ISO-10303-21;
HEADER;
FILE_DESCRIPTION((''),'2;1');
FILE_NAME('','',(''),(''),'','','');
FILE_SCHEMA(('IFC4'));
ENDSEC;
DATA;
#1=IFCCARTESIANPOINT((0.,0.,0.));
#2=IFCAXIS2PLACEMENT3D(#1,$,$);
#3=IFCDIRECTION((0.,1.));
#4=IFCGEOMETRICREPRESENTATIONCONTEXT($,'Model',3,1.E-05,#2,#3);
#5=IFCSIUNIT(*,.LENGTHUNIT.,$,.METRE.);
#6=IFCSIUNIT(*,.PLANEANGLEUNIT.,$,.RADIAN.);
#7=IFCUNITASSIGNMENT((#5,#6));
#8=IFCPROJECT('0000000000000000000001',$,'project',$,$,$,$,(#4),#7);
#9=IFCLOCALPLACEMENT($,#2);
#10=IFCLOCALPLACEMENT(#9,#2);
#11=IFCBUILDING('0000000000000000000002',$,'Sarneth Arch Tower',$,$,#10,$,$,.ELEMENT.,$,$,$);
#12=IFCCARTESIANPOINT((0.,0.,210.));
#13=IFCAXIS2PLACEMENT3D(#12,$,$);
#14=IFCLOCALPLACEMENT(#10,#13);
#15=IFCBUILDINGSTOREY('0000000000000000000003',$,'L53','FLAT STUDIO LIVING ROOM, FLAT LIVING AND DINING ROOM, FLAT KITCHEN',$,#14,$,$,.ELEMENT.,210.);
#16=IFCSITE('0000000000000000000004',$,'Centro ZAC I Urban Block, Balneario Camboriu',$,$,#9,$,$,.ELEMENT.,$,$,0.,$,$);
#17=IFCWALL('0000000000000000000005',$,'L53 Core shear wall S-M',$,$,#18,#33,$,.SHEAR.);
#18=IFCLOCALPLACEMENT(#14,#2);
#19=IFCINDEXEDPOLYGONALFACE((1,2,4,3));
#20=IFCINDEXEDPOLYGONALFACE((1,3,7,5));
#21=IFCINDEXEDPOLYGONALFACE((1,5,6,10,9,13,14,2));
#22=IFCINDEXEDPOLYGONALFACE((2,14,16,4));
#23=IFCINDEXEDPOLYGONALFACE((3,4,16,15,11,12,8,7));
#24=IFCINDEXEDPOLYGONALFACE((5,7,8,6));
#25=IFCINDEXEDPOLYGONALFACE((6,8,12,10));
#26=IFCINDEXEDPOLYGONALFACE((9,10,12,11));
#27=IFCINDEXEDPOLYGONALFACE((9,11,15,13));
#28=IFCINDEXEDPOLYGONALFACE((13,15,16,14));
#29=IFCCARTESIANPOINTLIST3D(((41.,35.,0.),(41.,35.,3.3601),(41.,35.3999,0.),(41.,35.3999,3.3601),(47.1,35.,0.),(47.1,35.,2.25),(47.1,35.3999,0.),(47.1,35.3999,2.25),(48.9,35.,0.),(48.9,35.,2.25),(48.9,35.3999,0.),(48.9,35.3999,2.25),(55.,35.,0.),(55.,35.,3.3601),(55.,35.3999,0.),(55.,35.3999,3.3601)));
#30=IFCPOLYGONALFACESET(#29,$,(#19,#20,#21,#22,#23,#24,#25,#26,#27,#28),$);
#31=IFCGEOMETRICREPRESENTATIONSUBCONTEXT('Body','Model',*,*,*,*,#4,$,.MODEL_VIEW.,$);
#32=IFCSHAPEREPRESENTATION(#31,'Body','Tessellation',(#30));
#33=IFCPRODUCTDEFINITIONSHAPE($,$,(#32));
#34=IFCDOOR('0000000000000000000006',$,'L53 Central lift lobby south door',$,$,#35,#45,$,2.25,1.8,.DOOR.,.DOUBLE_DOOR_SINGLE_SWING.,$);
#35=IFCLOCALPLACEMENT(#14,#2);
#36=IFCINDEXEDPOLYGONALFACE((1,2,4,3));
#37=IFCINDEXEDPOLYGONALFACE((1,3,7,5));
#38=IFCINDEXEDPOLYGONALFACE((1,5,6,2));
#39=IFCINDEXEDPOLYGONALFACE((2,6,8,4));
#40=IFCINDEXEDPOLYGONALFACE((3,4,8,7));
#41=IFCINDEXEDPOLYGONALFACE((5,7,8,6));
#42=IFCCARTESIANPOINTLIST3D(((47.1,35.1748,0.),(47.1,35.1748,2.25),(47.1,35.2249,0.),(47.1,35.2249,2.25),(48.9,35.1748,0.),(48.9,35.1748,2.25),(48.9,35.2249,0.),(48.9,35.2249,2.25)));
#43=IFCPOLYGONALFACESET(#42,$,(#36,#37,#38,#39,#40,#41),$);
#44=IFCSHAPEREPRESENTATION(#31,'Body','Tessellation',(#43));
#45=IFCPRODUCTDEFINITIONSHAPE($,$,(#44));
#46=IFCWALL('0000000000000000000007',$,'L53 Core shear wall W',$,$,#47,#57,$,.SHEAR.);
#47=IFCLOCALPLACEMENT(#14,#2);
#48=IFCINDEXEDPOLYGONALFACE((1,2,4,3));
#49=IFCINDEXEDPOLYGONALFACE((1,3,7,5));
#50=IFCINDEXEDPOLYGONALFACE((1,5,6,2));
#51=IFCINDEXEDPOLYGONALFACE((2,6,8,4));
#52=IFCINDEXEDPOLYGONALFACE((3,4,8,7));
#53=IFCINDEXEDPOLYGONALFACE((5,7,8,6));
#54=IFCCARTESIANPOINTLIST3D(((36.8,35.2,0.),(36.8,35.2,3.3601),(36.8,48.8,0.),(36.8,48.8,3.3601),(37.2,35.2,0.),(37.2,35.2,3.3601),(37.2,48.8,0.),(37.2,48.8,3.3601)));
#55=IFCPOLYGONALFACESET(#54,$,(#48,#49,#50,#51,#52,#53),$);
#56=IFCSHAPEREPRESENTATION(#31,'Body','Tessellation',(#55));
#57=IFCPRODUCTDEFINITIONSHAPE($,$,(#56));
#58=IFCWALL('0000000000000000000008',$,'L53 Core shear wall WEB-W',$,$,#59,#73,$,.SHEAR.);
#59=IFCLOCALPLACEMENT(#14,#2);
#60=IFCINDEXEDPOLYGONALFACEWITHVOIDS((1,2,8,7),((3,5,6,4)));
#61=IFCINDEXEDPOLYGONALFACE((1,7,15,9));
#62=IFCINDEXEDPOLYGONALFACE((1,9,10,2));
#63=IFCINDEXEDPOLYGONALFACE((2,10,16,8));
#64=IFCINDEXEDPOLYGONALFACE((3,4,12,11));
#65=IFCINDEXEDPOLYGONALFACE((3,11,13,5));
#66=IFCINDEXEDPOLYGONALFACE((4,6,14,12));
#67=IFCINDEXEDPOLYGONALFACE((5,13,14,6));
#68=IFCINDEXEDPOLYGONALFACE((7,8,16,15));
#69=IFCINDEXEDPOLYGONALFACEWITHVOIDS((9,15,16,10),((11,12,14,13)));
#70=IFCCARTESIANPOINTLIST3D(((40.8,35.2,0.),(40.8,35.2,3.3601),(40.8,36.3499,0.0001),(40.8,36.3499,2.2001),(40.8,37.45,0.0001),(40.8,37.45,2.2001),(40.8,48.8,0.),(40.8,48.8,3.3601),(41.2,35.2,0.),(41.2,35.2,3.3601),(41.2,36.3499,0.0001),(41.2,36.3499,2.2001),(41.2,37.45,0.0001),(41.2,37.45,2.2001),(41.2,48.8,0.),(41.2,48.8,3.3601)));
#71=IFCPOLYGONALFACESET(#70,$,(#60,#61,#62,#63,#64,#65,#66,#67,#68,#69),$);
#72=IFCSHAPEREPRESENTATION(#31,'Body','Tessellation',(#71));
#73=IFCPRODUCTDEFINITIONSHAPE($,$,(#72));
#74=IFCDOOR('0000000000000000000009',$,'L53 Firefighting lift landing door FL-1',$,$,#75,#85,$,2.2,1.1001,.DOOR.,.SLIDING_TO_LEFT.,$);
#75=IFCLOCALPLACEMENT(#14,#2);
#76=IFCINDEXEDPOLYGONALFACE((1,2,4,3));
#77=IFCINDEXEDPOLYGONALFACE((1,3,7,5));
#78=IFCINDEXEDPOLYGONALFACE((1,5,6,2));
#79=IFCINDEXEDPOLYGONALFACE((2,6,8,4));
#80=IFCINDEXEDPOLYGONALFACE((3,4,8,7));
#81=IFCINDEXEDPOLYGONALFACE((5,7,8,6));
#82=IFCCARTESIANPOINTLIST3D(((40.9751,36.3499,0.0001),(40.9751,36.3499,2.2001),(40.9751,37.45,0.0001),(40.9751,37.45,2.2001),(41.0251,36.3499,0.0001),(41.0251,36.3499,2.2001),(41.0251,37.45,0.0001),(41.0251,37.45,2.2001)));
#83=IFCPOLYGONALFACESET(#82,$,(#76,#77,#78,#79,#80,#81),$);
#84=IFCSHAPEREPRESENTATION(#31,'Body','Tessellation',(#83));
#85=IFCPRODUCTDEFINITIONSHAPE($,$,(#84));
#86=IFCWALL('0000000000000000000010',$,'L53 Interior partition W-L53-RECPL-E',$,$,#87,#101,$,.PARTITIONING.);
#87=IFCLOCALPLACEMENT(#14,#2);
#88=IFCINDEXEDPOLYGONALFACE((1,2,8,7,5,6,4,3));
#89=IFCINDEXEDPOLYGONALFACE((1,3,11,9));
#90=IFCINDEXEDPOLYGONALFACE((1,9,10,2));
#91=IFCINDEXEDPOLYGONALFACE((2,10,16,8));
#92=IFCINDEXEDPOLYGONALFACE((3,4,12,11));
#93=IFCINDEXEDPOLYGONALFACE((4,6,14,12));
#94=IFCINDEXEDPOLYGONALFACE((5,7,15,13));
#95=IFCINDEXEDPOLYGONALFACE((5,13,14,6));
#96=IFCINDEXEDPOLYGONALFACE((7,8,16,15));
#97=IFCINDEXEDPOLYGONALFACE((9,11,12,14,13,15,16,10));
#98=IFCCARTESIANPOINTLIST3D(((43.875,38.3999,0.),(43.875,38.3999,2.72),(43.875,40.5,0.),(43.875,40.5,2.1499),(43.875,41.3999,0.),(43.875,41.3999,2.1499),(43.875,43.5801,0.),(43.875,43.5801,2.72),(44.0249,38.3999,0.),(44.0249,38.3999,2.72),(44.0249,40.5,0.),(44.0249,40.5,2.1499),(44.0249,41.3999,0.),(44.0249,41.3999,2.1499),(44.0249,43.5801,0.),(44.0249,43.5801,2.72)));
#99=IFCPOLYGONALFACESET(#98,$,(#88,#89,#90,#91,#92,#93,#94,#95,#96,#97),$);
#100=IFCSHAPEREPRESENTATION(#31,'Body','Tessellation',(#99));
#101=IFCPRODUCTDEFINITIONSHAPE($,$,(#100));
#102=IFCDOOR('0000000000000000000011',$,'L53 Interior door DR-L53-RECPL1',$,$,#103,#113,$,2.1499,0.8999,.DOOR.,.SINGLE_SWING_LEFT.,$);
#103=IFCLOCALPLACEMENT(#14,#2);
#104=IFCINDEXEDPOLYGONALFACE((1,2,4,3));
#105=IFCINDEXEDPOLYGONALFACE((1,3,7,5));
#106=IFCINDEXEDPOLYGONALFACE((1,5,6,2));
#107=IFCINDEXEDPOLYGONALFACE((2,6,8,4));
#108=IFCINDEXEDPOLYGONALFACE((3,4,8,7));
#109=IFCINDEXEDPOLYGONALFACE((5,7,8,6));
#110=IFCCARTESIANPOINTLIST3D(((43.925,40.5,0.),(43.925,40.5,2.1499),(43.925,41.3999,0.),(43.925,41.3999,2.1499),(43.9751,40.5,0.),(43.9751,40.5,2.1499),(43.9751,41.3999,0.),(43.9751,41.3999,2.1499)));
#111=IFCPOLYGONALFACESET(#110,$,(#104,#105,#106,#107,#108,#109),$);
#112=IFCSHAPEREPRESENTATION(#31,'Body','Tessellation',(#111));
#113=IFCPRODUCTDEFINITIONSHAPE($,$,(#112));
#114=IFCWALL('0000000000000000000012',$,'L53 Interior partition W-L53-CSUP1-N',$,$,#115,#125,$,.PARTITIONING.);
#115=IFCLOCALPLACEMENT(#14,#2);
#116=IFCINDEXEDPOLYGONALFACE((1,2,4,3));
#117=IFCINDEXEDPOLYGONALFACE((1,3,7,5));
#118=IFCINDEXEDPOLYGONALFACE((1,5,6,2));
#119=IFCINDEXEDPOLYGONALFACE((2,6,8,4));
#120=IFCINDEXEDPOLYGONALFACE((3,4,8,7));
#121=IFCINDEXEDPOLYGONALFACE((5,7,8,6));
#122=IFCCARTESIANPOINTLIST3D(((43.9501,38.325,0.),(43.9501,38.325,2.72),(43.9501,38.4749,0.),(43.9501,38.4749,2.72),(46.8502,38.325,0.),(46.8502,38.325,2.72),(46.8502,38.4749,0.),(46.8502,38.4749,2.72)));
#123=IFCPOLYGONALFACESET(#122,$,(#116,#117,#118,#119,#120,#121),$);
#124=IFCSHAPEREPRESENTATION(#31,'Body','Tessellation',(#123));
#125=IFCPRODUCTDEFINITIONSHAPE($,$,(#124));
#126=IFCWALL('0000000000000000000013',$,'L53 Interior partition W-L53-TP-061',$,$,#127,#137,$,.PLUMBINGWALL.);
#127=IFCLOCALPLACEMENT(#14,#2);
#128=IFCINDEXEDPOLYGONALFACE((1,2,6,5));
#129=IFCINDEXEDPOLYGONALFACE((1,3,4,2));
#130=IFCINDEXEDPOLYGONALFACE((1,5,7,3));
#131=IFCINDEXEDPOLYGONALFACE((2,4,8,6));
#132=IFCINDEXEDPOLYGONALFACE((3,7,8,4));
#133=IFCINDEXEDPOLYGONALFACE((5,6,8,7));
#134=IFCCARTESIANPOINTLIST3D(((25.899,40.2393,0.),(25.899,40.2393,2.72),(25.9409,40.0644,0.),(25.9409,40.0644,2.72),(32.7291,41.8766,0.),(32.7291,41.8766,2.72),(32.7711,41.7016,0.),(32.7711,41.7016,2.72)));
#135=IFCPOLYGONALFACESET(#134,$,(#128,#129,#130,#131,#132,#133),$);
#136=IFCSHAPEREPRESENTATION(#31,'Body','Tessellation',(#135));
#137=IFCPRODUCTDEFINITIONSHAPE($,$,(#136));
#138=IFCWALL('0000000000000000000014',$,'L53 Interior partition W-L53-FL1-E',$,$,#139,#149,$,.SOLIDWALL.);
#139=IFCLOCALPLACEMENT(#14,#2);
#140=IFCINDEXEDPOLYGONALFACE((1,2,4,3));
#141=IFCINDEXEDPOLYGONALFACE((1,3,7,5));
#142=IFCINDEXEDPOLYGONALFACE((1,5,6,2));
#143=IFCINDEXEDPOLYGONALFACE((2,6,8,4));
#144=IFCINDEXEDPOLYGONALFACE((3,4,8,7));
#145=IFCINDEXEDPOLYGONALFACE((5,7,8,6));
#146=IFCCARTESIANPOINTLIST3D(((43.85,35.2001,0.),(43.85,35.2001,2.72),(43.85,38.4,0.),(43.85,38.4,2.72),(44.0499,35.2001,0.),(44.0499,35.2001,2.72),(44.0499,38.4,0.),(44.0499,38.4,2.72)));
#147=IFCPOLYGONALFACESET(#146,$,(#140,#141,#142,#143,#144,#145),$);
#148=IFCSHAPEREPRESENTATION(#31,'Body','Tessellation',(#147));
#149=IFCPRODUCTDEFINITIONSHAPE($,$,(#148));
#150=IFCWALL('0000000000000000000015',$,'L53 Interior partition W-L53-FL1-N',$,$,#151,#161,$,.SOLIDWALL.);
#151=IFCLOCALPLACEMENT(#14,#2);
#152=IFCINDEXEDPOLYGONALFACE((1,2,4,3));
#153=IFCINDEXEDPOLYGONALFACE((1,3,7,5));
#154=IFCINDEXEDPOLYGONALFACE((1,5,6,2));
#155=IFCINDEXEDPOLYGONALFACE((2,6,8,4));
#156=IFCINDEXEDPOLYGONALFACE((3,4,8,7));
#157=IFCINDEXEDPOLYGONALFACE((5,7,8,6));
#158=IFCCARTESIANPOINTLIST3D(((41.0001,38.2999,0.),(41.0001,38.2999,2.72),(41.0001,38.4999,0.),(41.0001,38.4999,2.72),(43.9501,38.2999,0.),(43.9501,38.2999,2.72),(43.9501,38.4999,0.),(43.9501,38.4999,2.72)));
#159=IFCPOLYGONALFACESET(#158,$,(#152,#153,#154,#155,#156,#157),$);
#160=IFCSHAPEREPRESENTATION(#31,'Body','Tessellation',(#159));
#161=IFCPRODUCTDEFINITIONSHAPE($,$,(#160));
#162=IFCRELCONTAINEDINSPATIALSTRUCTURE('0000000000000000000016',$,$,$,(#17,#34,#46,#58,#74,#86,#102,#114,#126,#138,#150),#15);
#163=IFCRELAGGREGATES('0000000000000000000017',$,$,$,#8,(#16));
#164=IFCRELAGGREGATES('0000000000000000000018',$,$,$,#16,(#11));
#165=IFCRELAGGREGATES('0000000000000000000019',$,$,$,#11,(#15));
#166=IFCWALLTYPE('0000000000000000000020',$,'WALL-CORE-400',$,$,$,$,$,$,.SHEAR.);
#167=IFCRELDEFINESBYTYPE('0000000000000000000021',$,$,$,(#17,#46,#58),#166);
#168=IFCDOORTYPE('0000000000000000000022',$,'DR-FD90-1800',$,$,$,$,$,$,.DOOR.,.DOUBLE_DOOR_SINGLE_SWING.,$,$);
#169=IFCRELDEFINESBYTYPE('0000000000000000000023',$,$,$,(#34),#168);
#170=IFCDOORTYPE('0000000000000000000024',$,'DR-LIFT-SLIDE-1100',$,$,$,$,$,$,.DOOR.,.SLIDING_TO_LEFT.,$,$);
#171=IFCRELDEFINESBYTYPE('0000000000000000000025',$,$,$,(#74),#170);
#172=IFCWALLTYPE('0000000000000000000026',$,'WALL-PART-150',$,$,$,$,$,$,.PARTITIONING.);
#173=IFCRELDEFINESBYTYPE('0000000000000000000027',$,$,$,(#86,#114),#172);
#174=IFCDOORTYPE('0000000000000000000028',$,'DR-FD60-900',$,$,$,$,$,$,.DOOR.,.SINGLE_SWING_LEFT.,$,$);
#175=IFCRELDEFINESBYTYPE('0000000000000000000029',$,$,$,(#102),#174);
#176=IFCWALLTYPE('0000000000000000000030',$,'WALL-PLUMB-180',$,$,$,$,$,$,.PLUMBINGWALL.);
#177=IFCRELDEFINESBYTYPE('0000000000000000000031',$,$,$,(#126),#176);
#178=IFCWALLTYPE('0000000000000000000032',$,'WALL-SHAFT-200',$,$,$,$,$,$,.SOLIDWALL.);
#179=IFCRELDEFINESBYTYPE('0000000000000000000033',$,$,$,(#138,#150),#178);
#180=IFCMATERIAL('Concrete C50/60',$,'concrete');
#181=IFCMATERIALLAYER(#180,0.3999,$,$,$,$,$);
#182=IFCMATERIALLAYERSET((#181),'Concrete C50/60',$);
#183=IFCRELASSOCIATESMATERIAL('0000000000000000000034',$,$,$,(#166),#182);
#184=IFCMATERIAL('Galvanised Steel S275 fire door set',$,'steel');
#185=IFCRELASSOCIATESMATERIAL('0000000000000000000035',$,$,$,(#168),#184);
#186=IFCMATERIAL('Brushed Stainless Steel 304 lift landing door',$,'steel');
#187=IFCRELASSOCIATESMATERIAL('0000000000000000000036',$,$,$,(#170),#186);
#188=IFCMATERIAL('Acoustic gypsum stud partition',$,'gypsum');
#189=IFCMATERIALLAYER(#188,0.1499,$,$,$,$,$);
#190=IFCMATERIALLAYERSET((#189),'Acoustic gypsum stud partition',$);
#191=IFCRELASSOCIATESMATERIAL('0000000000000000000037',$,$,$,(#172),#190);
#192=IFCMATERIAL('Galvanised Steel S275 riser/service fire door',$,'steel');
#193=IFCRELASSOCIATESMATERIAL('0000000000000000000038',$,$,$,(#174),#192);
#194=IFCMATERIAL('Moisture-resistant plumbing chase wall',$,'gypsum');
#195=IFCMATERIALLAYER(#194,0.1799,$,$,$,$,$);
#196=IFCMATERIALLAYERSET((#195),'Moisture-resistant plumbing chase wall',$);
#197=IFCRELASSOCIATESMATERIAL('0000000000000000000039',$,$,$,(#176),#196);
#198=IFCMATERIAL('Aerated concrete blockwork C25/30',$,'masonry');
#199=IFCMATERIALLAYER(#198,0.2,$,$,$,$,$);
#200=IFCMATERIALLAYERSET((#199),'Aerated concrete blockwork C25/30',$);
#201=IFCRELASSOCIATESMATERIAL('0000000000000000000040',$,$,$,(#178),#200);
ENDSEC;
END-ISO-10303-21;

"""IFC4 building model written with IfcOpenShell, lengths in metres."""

from ifc_helpers import new_model, si_unit, direction, frame, frame_2d, origin, place, context, subcontext, project, spatial, rectangle, extrude, material, layer, layer_set, type_object, element, fill, save


model = new_model("IFC4")

# Units and contexts
model_context = context("Model", 3, precision=1e-05, world=origin(), true_north=direction((0.0, 1.0)))
body_context = subcontext(model_context, "Body", "Model", "MODEL_VIEW")
ifc_project = project(units=[si_unit("LENGTHUNIT", "METRE"), si_unit("PLANEANGLEUNIT", "RADIAN")], contexts=[model_context])

# Site, building, storey
site_placement = place(None, origin())
site = spatial("IfcSite", under=ifc_project, at=site_placement, Name="Centro ZAC I Urban Block, Balneario Camboriu", CompositionType="ELEMENT", RefElevation=0.0)
building_placement = place(site_placement, origin())
building = spatial("IfcBuilding", under=site, at=building_placement, Name="Sarneth Arch Tower", CompositionType="ELEMENT")
storey_placement = place(building_placement, frame((0.0, 0.0, 210.0)))
storey = spatial("IfcBuildingStorey", under=building, at=storey_placement, Name="L53", Description="FLAT STUDIO LIVING ROOM, FLAT LIVING AND DINING ROOM, FLAT KITCHEN", CompositionType="ELEMENT", Elevation=210.0)

# Wall, opening, door
ifc_material_1 = material(Name="Concrete C50/60", Category="concrete")
ifc_layer_1 = layer(ifc_material_1, 0.3999)
ifc_layer_set_1 = layer_set([ifc_layer_1], Name="Concrete C50/60")
wall_type_1 = type_object("IfcWallType", Name="WALL-CORE-400", PredefinedType="SHEAR", material=ifc_layer_set_1)
wall_1_placement = place(storey_placement, frame((41.0, 35.2, 0.0), z_axis=(0.0, 0.0, 1.0), x_axis=(1.0, 0.0, 0.0)))
wall_1 = element("IfcWall", 1, at=wall_1_placement, inside=storey, type_object=wall_type_1, Name="L53 Core shear wall S-M", PredefinedType="SHEAR", context=body_context, shape_type="SweptSolid", body=[
    extrude(rectangle(XDim=14.0, YDim=0.3999, at=frame_2d((7.0, 0.0))), origin(), (0.0, 0.0, 1.0), 3.3601),
])
opening_1_placement = place(wall_1_placement, frame((6.1001, 0.0, 0.0)))
opening_1 = element("IfcOpeningElement", 2, at=opening_1_placement, cuts=wall_1, PredefinedType="OPENING", context=body_context, shape_type="SweptSolid", body=[
    extrude(rectangle(XDim=1.8, YDim=2.25, at=frame_2d((0.8999, 1.125))), frame((0.0, 0.21, 0.0), z_axis=(0.0, -1.0, 0.0), x_axis=(1.0, 0.0, 0.0)), (0.0, 0.0, 1.0), 0.4199),
])
ifc_material_2 = material(Name="Galvanised Steel S275 fire door set", Category="steel")
door_type_1 = type_object("IfcDoorType", Name="DR-FD90-1800", OperationType="DOUBLE_DOOR_SINGLE_SWING", PredefinedType="DOOR", material=ifc_material_2)
door_1_placement = place(opening_1_placement, origin())
door_1 = element("IfcDoor", 3, at=door_1_placement, inside=storey, type_object=door_type_1, Name="L53 Central lift lobby south door", OperationType="DOUBLE_DOOR_SINGLE_SWING", OverallHeight=2.25, OverallWidth=1.8, PredefinedType="DOOR", context=body_context, shape_type="SweptSolid", body=[
    extrude(rectangle(XDim=1.8, YDim=2.25, at=frame_2d((0.8999, 1.125))), frame((0.0, 0.0249, 0.0), z_axis=(0.0, -1.0, 0.0), x_axis=(1.0, 0.0, 0.0)), (0.0, 0.0, 1.0), 0.05),
])
fill(opening_1, door_1)

# Wall
wall_2_placement = place(storey_placement, frame((37.0, 35.2, 0.0), z_axis=(0.0, 0.0, 1.0), x_axis=(0.0, 1.0, 0.0)))
element("IfcWall", 4, at=wall_2_placement, inside=storey, type_object=wall_type_1, Name="L53 Core shear wall W", PredefinedType="SHEAR", context=body_context, shape_type="SweptSolid", body=[
    extrude(rectangle(XDim=13.6001, YDim=0.3999, at=frame_2d((6.8, 0.0))), origin(), (0.0, 0.0, 1.0), 3.3601),
])

# Walls, openings, doors
wall_3_placement = place(storey_placement, frame((41.0, 35.2, 0.0), z_axis=(0.0, 0.0, 1.0), x_axis=(0.0, 1.0, 0.0)))
wall_3 = element("IfcWall", 5, at=wall_3_placement, inside=storey, type_object=wall_type_1, Name="L53 Core shear wall WEB-W", PredefinedType="SHEAR", context=body_context, shape_type="SweptSolid", body=[
    extrude(rectangle(XDim=13.6001, YDim=0.3999, at=frame_2d((6.8, 0.0))), origin(), (0.0, 0.0, 1.0), 3.3601),
])
opening_2_placement = place(wall_3_placement, frame((1.1499, 0.0, 0.0)))
opening_2 = element("IfcOpeningElement", 6, at=opening_2_placement, cuts=wall_3, PredefinedType="OPENING", context=body_context, shape_type="SweptSolid", body=[
    extrude(rectangle(XDim=1.1001, YDim=2.2, at=frame_2d((0.55, 1.1001))), frame((0.0, 0.21, 0.0), z_axis=(0.0, -1.0, 0.0), x_axis=(1.0, 0.0, 0.0)), (0.0, 0.0, 1.0), 0.4199),
])
ifc_material_3 = material(Name="Brushed Stainless Steel 304 lift landing door", Category="steel")
door_type_2 = type_object("IfcDoorType", Name="DR-LIFT-SLIDE-1100", OperationType="SLIDING_TO_LEFT", PredefinedType="DOOR", material=ifc_material_3)
door_2_placement = place(opening_2_placement, origin())
door_2 = element("IfcDoor", 7, at=door_2_placement, inside=storey, type_object=door_type_2, Name="L53 Firefighting lift landing door FL-1", OperationType="SLIDING_TO_LEFT", OverallHeight=2.2, OverallWidth=1.1001, PredefinedType="DOOR", context=body_context, shape_type="SweptSolid", body=[
    extrude(rectangle(XDim=1.1001, YDim=2.2, at=frame_2d((0.55, 1.1001))), frame((0.0, 0.0249, 0.0), z_axis=(0.0, -1.0, 0.0), x_axis=(1.0, 0.0, 0.0)), (0.0, 0.0, 1.0), 0.05),
])
fill(opening_2, door_2)
ifc_material_4 = material(Name="Acoustic gypsum stud partition", Category="gypsum")
ifc_layer_2 = layer(ifc_material_4, 0.1499)
ifc_layer_set_2 = layer_set([ifc_layer_2], Name="Acoustic gypsum stud partition")
wall_type_2 = type_object("IfcWallType", Name="WALL-PART-150", PredefinedType="PARTITIONING", material=ifc_layer_set_2)
wall_4_placement = place(storey_placement, frame((43.95, 38.3999, 0.0), z_axis=(0.0, 0.0, 1.0), x_axis=(0.0, 1.0, 0.0)))
wall_4 = element("IfcWall", 8, at=wall_4_placement, inside=storey, type_object=wall_type_2, Name="L53 Interior partition W-L53-RECPL-E", PredefinedType="PARTITIONING", context=body_context, shape_type="SweptSolid", body=[
    extrude(rectangle(XDim=5.1802, YDim=0.1499, at=frame_2d((2.5901, 0.0))), origin(), (0.0, 0.0, 1.0), 2.72),
])
opening_3_placement = place(wall_4_placement, frame((2.1001, 0.0, 0.0)))
opening_3 = element("IfcOpeningElement", 9, at=opening_3_placement, cuts=wall_4, PredefinedType="OPENING", context=body_context, shape_type="SweptSolid", body=[
    extrude(rectangle(XDim=0.8999, YDim=2.1499, at=frame_2d((0.45, 1.075))), frame((0.0, 0.085, 0.0), z_axis=(0.0, -1.0, 0.0), x_axis=(1.0, 0.0, 0.0)), (0.0, 0.0, 1.0), 0.1699),
])
ifc_material_5 = material(Name="Galvanised Steel S275 riser/service fire door", Category="steel")
door_type_3 = type_object("IfcDoorType", Name="DR-FD60-900", OperationType="SINGLE_SWING_LEFT", PredefinedType="DOOR", material=ifc_material_5)
door_3_placement = place(opening_3_placement, origin())
door_3 = element("IfcDoor", 10, at=door_3_placement, inside=storey, type_object=door_type_3, Name="L53 Interior door DR-L53-RECPL1", OperationType="SINGLE_SWING_LEFT", OverallHeight=2.1499, OverallWidth=0.8999, PredefinedType="DOOR", context=body_context, shape_type="SweptSolid", body=[
    extrude(rectangle(XDim=0.8999, YDim=2.1499, at=frame_2d((0.45, 1.075))), frame((0.0, 0.0249, 0.0), z_axis=(0.0, -1.0, 0.0), x_axis=(1.0, 0.0, 0.0)), (0.0, 0.0, 1.0), 0.05),
])
fill(opening_3, door_3)

# Wall
wall_5_placement = place(storey_placement, frame((43.95, 38.3999, 0.0), z_axis=(0.0, 0.0, 1.0), x_axis=(1.0, 0.0, 0.0)))
element("IfcWall", 11, at=wall_5_placement, inside=storey, type_object=wall_type_2, Name="L53 Interior partition W-L53-CSUP1-N", PredefinedType="PARTITIONING", context=body_context, shape_type="SweptSolid", body=[
    extrude(rectangle(XDim=2.9001, YDim=0.1499, at=frame_2d((1.4502, 0.0))), origin(), (0.0, 0.0, 1.0), 2.72),
])

# Wall
ifc_material_6 = material(Name="Moisture-resistant plumbing chase wall", Category="gypsum")
ifc_layer_3 = layer(ifc_material_6, 0.1799)
ifc_layer_set_3 = layer_set([ifc_layer_3], Name="Moisture-resistant plumbing chase wall")
wall_type_3 = type_object("IfcWallType", Name="WALL-PLUMB-180", PredefinedType="PLUMBINGWALL", material=ifc_layer_set_3)
wall_6_placement = place(storey_placement, frame((32.75, 41.7891, 0.0), z_axis=(0.0, 0.0, 1.0), x_axis=(-0.972452, -0.233102, 0.0)))
element("IfcWall", 12, at=wall_6_placement, inside=storey, type_object=wall_type_3, Name="L53 Interior partition W-L53-TP-061", PredefinedType="PLUMBINGWALL", context=body_context, shape_type="SweptSolid", body=[
    extrude(rectangle(XDim=7.0237, YDim=0.1799, at=frame_2d((3.5117, 0.0))), origin(), (0.0, 0.0, 1.0), 2.72),
])

# Shared definitions
ifc_material_7 = material(Name="Aerated concrete blockwork C25/30", Category="masonry")
ifc_layer_4 = layer(ifc_material_7, 0.2)
ifc_layer_set_4 = layer_set([ifc_layer_4], Name="Aerated concrete blockwork C25/30")
wall_type_4 = type_object("IfcWallType", Name="WALL-SHAFT-200", PredefinedType="SOLIDWALL", material=ifc_layer_set_4)

# Walls
wall_7_placement = place(storey_placement, frame((43.95, 35.2, 0.0), z_axis=(0.0, 0.0, 1.0), x_axis=(0.0, 1.0, 0.0)))
element("IfcWall", 13, at=wall_7_placement, inside=storey, type_object=wall_type_4, Name="L53 Interior partition W-L53-FL1-E", PredefinedType="SOLIDWALL", context=body_context, shape_type="SweptSolid", body=[
    extrude(rectangle(XDim=3.2, YDim=0.2, at=frame_2d((1.6001, 0.0))), origin(), (0.0, 0.0, 1.0), 2.72),
])
wall_8_placement = place(storey_placement, frame((41.0, 38.3999, 0.0), z_axis=(0.0, 0.0, 1.0), x_axis=(1.0, 0.0, 0.0)))
element("IfcWall", 14, at=wall_8_placement, inside=storey, type_object=wall_type_4, Name="L53 Interior partition W-L53-FL1-N", PredefinedType="SOLIDWALL", context=body_context, shape_type="SweptSolid", body=[
    extrude(rectangle(XDim=2.95, YDim=0.2, at=frame_2d((1.4751, 0.0))), origin(), (0.0, 0.0, 1.0), 2.72),
])

save(model, "model.ifc")
